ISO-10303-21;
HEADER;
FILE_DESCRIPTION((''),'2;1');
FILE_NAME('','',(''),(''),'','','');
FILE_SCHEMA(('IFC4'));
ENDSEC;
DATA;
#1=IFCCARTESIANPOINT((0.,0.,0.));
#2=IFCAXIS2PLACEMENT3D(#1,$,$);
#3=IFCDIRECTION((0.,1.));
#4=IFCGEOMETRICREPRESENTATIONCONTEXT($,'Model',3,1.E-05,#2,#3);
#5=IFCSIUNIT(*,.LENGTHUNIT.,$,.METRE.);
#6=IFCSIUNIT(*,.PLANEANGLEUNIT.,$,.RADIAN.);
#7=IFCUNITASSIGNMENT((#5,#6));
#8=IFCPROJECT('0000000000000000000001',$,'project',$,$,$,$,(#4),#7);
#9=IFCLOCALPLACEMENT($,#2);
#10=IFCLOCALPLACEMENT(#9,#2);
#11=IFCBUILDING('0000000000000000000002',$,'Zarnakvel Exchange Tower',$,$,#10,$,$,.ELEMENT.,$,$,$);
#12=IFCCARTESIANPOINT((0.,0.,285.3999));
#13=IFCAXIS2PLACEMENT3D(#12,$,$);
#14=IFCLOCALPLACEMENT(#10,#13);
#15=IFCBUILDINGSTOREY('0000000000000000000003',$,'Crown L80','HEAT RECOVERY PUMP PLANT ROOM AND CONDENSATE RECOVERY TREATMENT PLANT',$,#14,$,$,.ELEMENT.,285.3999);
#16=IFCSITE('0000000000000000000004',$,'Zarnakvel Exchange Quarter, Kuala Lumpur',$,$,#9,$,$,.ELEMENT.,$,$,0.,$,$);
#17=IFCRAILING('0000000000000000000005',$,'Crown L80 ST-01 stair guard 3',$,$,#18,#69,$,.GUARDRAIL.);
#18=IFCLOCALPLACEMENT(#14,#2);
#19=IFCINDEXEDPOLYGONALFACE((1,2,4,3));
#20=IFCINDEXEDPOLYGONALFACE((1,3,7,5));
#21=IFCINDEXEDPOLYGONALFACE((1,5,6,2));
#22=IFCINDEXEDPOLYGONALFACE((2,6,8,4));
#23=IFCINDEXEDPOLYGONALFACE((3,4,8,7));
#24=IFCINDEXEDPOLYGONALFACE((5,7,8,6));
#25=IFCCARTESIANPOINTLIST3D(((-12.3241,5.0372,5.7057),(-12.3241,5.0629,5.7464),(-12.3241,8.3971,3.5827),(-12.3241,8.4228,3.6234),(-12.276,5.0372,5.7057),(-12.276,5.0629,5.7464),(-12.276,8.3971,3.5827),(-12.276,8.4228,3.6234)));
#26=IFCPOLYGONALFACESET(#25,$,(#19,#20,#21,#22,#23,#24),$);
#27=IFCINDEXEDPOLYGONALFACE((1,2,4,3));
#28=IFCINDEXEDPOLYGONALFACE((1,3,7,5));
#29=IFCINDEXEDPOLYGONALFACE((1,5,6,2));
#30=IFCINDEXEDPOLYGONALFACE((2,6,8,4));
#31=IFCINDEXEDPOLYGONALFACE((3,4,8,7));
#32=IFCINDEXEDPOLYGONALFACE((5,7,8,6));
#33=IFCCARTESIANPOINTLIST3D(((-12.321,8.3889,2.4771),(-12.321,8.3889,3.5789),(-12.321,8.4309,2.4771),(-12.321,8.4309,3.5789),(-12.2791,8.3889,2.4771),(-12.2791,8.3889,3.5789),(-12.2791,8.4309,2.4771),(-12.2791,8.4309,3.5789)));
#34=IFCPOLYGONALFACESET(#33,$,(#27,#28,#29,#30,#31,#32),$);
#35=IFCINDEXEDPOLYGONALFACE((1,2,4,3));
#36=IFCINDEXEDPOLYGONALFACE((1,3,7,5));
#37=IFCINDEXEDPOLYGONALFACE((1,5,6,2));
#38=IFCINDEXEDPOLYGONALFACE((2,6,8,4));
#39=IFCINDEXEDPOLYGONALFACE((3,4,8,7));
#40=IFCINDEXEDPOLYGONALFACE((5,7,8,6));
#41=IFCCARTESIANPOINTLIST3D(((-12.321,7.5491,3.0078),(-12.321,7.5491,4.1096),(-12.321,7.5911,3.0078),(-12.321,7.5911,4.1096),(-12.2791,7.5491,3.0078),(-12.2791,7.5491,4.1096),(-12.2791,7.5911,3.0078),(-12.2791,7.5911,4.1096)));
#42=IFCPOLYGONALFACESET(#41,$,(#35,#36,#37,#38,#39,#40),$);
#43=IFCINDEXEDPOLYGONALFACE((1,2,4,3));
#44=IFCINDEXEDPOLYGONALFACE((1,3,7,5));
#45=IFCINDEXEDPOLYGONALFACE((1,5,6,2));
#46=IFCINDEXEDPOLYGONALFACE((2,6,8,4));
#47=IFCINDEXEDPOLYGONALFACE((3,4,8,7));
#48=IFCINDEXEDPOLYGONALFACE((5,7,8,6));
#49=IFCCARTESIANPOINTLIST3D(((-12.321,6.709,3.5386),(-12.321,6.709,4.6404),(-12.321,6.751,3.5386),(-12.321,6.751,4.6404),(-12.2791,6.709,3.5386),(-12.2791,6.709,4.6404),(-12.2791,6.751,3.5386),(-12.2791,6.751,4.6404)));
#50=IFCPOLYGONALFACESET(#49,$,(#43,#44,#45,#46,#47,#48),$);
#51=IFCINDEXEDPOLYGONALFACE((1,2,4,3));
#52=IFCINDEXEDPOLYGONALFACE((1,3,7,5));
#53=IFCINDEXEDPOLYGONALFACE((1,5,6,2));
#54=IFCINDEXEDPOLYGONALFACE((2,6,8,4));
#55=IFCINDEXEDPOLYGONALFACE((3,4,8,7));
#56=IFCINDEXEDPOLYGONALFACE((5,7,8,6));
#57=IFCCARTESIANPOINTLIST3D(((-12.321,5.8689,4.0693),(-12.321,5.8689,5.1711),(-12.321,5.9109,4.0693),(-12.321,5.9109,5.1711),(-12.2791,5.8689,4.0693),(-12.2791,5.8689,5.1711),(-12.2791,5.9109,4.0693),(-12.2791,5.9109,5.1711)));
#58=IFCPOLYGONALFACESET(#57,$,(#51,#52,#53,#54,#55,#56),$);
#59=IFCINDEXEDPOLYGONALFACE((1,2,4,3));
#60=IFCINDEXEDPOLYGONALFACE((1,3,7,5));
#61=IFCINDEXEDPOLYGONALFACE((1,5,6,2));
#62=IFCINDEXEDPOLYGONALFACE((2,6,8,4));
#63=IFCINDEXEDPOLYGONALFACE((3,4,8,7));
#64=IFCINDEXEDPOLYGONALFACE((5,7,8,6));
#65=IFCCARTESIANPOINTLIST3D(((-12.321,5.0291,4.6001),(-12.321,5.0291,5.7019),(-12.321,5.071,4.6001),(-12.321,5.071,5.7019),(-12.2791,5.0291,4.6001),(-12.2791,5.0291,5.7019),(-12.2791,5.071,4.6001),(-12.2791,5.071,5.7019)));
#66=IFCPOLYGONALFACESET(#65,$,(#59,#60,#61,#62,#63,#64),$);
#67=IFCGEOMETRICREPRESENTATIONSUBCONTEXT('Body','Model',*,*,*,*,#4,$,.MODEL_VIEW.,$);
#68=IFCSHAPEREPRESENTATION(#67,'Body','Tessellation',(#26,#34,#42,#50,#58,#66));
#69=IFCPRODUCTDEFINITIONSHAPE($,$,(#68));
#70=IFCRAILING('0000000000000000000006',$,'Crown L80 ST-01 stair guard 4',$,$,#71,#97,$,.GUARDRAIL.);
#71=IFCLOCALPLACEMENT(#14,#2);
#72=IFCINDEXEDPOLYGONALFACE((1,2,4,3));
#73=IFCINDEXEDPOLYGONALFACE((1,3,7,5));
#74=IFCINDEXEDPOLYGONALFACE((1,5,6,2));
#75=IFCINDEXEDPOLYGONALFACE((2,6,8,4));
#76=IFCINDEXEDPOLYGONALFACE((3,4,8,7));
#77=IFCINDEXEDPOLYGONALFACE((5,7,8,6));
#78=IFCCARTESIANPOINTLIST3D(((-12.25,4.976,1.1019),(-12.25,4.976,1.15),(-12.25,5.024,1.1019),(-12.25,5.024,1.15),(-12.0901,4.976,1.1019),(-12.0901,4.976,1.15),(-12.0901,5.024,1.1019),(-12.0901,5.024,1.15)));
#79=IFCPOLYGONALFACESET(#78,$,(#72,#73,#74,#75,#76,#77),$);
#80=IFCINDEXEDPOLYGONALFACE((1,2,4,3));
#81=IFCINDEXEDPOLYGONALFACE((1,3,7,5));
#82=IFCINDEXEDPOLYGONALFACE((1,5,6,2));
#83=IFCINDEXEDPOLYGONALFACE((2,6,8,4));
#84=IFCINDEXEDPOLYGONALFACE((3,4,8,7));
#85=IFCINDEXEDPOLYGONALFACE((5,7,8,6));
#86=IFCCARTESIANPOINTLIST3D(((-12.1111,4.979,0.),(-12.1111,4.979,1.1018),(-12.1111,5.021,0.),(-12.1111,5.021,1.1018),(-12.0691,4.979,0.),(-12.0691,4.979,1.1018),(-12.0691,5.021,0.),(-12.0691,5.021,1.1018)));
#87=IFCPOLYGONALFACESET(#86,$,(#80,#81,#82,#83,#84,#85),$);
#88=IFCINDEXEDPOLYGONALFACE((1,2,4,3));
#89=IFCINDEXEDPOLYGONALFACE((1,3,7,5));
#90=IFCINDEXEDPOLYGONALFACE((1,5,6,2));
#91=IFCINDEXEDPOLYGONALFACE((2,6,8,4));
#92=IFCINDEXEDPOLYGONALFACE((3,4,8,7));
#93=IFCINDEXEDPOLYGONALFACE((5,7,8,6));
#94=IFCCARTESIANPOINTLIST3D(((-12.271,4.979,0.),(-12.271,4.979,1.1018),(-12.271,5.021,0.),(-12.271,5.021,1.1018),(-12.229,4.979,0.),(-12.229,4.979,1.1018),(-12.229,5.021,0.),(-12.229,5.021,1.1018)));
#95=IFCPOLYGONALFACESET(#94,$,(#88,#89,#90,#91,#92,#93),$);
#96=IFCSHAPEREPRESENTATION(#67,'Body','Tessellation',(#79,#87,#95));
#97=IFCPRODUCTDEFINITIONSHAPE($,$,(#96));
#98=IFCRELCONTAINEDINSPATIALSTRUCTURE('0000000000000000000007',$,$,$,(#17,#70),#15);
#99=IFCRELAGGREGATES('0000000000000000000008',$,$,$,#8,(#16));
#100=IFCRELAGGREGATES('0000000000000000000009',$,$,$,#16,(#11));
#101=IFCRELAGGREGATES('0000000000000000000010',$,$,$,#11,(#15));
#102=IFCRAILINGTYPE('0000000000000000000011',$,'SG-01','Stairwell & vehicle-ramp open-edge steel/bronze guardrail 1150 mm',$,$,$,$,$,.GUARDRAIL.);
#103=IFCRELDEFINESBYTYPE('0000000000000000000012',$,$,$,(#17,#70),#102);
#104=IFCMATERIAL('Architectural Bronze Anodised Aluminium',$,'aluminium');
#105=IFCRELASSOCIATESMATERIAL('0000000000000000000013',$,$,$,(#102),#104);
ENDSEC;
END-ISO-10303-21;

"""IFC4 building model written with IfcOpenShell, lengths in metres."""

from ifc_helpers import new_model, si_unit, direction, frame, origin, origin_2d, place, context, subcontext, project, spatial, rectangle, extrude, material, type_object, element, save


model = new_model("IFC4")

# Units and contexts
model_context = context("Model", 3, precision=1e-05, world=origin(), true_north=direction((0.0, 1.0)))
body_context = subcontext(model_context, "Body", "Model", "MODEL_VIEW")
ifc_project = project(units=[si_unit("LENGTHUNIT", "METRE"), si_unit("PLANEANGLEUNIT", "RADIAN")], contexts=[model_context])

# Site, building, storey
site_placement = place(None, origin())
site = spatial("IfcSite", under=ifc_project, at=site_placement, Name="Zarnakvel Exchange Quarter, Kuala Lumpur", CompositionType="ELEMENT", RefElevation=0.0)
building_placement = place(site_placement, origin())
building = spatial("IfcBuilding", under=site, at=building_placement, Name="Zarnakvel Exchange Tower", CompositionType="ELEMENT")
storey_placement = place(building_placement, frame((0.0, 0.0, 285.3999)))
storey = spatial("IfcBuildingStorey", under=building, at=storey_placement, Name="Crown L80", Description="HEAT RECOVERY PUMP PLANT ROOM AND CONDENSATE RECOVERY TREATMENT PLANT", CompositionType="ELEMENT", Elevation=285.3999)

# Railings
ifc_material_1 = material(Name="Architectural Bronze Anodised Aluminium", Category="aluminium")
railing_type_1 = type_object("IfcRailingType", Name="SG-01", Description="Stairwell & vehicle-ramp open-edge steel/bronze guardrail 1150 mm", PredefinedType="GUARDRAIL", material=ifc_material_1)
railing_1_placement = place(storey_placement, frame((-12.3, 8.4099, 2.4771)))
element("IfcRailing", 1, at=railing_1_placement, inside=storey, type_object=railing_type_1, Name="Crown L80 ST-01 stair guard 3", PredefinedType="GUARDRAIL", context=body_context, shape_type="SweptSolid", body=[
    extrude(rectangle(XDim=0.0481, YDim=0.0481, at=origin_2d()), frame((0.0, 0.0, 1.126), z_axis=(0.0, -0.845372, 0.534178), x_axis=(1.0, 0.0, 0.0)), (0.0, 0.0, 1.0), 3.9744),
    extrude(rectangle(XDim=0.042, YDim=0.042, at=origin_2d()), origin(), (0.0, 0.0, 1.0), 1.1018),
    extrude(rectangle(XDim=0.042, YDim=0.042, at=origin_2d()), frame((0.0, -0.8398, 0.5308)), (0.0, 0.0, 1.0), 1.1018),
    extrude(rectangle(XDim=0.042, YDim=0.042, at=origin_2d()), frame((0.0, -1.6799, 1.0615)), (0.0, 0.0, 1.0), 1.1018),
    extrude(rectangle(XDim=0.042, YDim=0.042, at=origin_2d()), frame((0.0, -2.52, 1.5923)), (0.0, 0.0, 1.0), 1.1018),
    extrude(rectangle(XDim=0.042, YDim=0.042, at=origin_2d()), frame((0.0, -3.3599, 2.123)), (0.0, 0.0, 1.0), 1.1018),
])
railing_2_placement = place(storey_placement, frame((-12.0901, 5.0, 0.0)))
element("IfcRailing", 2, at=railing_2_placement, inside=storey, type_object=railing_type_1, Name="Crown L80 ST-01 stair guard 4", PredefinedType="GUARDRAIL", context=body_context, shape_type="SweptSolid", body=[
    extrude(rectangle(XDim=0.0481, YDim=0.0481, at=origin_2d()), frame((0.0, 0.0, 1.126), z_axis=(-1.0, 0.0, 0.0), x_axis=(0.0, -1.0, 0.0)), (0.0, 0.0, 1.0), 0.1599),
    extrude(rectangle(XDim=0.042, YDim=0.042, at=origin_2d()), origin(), (0.0, 0.0, 1.0), 1.1018),
    extrude(rectangle(XDim=0.042, YDim=0.042, at=origin_2d()), frame((-0.1599, 0.0, 0.0)), (0.0, 0.0, 1.0), 1.1018),
])

save(model, "model.ifc")
